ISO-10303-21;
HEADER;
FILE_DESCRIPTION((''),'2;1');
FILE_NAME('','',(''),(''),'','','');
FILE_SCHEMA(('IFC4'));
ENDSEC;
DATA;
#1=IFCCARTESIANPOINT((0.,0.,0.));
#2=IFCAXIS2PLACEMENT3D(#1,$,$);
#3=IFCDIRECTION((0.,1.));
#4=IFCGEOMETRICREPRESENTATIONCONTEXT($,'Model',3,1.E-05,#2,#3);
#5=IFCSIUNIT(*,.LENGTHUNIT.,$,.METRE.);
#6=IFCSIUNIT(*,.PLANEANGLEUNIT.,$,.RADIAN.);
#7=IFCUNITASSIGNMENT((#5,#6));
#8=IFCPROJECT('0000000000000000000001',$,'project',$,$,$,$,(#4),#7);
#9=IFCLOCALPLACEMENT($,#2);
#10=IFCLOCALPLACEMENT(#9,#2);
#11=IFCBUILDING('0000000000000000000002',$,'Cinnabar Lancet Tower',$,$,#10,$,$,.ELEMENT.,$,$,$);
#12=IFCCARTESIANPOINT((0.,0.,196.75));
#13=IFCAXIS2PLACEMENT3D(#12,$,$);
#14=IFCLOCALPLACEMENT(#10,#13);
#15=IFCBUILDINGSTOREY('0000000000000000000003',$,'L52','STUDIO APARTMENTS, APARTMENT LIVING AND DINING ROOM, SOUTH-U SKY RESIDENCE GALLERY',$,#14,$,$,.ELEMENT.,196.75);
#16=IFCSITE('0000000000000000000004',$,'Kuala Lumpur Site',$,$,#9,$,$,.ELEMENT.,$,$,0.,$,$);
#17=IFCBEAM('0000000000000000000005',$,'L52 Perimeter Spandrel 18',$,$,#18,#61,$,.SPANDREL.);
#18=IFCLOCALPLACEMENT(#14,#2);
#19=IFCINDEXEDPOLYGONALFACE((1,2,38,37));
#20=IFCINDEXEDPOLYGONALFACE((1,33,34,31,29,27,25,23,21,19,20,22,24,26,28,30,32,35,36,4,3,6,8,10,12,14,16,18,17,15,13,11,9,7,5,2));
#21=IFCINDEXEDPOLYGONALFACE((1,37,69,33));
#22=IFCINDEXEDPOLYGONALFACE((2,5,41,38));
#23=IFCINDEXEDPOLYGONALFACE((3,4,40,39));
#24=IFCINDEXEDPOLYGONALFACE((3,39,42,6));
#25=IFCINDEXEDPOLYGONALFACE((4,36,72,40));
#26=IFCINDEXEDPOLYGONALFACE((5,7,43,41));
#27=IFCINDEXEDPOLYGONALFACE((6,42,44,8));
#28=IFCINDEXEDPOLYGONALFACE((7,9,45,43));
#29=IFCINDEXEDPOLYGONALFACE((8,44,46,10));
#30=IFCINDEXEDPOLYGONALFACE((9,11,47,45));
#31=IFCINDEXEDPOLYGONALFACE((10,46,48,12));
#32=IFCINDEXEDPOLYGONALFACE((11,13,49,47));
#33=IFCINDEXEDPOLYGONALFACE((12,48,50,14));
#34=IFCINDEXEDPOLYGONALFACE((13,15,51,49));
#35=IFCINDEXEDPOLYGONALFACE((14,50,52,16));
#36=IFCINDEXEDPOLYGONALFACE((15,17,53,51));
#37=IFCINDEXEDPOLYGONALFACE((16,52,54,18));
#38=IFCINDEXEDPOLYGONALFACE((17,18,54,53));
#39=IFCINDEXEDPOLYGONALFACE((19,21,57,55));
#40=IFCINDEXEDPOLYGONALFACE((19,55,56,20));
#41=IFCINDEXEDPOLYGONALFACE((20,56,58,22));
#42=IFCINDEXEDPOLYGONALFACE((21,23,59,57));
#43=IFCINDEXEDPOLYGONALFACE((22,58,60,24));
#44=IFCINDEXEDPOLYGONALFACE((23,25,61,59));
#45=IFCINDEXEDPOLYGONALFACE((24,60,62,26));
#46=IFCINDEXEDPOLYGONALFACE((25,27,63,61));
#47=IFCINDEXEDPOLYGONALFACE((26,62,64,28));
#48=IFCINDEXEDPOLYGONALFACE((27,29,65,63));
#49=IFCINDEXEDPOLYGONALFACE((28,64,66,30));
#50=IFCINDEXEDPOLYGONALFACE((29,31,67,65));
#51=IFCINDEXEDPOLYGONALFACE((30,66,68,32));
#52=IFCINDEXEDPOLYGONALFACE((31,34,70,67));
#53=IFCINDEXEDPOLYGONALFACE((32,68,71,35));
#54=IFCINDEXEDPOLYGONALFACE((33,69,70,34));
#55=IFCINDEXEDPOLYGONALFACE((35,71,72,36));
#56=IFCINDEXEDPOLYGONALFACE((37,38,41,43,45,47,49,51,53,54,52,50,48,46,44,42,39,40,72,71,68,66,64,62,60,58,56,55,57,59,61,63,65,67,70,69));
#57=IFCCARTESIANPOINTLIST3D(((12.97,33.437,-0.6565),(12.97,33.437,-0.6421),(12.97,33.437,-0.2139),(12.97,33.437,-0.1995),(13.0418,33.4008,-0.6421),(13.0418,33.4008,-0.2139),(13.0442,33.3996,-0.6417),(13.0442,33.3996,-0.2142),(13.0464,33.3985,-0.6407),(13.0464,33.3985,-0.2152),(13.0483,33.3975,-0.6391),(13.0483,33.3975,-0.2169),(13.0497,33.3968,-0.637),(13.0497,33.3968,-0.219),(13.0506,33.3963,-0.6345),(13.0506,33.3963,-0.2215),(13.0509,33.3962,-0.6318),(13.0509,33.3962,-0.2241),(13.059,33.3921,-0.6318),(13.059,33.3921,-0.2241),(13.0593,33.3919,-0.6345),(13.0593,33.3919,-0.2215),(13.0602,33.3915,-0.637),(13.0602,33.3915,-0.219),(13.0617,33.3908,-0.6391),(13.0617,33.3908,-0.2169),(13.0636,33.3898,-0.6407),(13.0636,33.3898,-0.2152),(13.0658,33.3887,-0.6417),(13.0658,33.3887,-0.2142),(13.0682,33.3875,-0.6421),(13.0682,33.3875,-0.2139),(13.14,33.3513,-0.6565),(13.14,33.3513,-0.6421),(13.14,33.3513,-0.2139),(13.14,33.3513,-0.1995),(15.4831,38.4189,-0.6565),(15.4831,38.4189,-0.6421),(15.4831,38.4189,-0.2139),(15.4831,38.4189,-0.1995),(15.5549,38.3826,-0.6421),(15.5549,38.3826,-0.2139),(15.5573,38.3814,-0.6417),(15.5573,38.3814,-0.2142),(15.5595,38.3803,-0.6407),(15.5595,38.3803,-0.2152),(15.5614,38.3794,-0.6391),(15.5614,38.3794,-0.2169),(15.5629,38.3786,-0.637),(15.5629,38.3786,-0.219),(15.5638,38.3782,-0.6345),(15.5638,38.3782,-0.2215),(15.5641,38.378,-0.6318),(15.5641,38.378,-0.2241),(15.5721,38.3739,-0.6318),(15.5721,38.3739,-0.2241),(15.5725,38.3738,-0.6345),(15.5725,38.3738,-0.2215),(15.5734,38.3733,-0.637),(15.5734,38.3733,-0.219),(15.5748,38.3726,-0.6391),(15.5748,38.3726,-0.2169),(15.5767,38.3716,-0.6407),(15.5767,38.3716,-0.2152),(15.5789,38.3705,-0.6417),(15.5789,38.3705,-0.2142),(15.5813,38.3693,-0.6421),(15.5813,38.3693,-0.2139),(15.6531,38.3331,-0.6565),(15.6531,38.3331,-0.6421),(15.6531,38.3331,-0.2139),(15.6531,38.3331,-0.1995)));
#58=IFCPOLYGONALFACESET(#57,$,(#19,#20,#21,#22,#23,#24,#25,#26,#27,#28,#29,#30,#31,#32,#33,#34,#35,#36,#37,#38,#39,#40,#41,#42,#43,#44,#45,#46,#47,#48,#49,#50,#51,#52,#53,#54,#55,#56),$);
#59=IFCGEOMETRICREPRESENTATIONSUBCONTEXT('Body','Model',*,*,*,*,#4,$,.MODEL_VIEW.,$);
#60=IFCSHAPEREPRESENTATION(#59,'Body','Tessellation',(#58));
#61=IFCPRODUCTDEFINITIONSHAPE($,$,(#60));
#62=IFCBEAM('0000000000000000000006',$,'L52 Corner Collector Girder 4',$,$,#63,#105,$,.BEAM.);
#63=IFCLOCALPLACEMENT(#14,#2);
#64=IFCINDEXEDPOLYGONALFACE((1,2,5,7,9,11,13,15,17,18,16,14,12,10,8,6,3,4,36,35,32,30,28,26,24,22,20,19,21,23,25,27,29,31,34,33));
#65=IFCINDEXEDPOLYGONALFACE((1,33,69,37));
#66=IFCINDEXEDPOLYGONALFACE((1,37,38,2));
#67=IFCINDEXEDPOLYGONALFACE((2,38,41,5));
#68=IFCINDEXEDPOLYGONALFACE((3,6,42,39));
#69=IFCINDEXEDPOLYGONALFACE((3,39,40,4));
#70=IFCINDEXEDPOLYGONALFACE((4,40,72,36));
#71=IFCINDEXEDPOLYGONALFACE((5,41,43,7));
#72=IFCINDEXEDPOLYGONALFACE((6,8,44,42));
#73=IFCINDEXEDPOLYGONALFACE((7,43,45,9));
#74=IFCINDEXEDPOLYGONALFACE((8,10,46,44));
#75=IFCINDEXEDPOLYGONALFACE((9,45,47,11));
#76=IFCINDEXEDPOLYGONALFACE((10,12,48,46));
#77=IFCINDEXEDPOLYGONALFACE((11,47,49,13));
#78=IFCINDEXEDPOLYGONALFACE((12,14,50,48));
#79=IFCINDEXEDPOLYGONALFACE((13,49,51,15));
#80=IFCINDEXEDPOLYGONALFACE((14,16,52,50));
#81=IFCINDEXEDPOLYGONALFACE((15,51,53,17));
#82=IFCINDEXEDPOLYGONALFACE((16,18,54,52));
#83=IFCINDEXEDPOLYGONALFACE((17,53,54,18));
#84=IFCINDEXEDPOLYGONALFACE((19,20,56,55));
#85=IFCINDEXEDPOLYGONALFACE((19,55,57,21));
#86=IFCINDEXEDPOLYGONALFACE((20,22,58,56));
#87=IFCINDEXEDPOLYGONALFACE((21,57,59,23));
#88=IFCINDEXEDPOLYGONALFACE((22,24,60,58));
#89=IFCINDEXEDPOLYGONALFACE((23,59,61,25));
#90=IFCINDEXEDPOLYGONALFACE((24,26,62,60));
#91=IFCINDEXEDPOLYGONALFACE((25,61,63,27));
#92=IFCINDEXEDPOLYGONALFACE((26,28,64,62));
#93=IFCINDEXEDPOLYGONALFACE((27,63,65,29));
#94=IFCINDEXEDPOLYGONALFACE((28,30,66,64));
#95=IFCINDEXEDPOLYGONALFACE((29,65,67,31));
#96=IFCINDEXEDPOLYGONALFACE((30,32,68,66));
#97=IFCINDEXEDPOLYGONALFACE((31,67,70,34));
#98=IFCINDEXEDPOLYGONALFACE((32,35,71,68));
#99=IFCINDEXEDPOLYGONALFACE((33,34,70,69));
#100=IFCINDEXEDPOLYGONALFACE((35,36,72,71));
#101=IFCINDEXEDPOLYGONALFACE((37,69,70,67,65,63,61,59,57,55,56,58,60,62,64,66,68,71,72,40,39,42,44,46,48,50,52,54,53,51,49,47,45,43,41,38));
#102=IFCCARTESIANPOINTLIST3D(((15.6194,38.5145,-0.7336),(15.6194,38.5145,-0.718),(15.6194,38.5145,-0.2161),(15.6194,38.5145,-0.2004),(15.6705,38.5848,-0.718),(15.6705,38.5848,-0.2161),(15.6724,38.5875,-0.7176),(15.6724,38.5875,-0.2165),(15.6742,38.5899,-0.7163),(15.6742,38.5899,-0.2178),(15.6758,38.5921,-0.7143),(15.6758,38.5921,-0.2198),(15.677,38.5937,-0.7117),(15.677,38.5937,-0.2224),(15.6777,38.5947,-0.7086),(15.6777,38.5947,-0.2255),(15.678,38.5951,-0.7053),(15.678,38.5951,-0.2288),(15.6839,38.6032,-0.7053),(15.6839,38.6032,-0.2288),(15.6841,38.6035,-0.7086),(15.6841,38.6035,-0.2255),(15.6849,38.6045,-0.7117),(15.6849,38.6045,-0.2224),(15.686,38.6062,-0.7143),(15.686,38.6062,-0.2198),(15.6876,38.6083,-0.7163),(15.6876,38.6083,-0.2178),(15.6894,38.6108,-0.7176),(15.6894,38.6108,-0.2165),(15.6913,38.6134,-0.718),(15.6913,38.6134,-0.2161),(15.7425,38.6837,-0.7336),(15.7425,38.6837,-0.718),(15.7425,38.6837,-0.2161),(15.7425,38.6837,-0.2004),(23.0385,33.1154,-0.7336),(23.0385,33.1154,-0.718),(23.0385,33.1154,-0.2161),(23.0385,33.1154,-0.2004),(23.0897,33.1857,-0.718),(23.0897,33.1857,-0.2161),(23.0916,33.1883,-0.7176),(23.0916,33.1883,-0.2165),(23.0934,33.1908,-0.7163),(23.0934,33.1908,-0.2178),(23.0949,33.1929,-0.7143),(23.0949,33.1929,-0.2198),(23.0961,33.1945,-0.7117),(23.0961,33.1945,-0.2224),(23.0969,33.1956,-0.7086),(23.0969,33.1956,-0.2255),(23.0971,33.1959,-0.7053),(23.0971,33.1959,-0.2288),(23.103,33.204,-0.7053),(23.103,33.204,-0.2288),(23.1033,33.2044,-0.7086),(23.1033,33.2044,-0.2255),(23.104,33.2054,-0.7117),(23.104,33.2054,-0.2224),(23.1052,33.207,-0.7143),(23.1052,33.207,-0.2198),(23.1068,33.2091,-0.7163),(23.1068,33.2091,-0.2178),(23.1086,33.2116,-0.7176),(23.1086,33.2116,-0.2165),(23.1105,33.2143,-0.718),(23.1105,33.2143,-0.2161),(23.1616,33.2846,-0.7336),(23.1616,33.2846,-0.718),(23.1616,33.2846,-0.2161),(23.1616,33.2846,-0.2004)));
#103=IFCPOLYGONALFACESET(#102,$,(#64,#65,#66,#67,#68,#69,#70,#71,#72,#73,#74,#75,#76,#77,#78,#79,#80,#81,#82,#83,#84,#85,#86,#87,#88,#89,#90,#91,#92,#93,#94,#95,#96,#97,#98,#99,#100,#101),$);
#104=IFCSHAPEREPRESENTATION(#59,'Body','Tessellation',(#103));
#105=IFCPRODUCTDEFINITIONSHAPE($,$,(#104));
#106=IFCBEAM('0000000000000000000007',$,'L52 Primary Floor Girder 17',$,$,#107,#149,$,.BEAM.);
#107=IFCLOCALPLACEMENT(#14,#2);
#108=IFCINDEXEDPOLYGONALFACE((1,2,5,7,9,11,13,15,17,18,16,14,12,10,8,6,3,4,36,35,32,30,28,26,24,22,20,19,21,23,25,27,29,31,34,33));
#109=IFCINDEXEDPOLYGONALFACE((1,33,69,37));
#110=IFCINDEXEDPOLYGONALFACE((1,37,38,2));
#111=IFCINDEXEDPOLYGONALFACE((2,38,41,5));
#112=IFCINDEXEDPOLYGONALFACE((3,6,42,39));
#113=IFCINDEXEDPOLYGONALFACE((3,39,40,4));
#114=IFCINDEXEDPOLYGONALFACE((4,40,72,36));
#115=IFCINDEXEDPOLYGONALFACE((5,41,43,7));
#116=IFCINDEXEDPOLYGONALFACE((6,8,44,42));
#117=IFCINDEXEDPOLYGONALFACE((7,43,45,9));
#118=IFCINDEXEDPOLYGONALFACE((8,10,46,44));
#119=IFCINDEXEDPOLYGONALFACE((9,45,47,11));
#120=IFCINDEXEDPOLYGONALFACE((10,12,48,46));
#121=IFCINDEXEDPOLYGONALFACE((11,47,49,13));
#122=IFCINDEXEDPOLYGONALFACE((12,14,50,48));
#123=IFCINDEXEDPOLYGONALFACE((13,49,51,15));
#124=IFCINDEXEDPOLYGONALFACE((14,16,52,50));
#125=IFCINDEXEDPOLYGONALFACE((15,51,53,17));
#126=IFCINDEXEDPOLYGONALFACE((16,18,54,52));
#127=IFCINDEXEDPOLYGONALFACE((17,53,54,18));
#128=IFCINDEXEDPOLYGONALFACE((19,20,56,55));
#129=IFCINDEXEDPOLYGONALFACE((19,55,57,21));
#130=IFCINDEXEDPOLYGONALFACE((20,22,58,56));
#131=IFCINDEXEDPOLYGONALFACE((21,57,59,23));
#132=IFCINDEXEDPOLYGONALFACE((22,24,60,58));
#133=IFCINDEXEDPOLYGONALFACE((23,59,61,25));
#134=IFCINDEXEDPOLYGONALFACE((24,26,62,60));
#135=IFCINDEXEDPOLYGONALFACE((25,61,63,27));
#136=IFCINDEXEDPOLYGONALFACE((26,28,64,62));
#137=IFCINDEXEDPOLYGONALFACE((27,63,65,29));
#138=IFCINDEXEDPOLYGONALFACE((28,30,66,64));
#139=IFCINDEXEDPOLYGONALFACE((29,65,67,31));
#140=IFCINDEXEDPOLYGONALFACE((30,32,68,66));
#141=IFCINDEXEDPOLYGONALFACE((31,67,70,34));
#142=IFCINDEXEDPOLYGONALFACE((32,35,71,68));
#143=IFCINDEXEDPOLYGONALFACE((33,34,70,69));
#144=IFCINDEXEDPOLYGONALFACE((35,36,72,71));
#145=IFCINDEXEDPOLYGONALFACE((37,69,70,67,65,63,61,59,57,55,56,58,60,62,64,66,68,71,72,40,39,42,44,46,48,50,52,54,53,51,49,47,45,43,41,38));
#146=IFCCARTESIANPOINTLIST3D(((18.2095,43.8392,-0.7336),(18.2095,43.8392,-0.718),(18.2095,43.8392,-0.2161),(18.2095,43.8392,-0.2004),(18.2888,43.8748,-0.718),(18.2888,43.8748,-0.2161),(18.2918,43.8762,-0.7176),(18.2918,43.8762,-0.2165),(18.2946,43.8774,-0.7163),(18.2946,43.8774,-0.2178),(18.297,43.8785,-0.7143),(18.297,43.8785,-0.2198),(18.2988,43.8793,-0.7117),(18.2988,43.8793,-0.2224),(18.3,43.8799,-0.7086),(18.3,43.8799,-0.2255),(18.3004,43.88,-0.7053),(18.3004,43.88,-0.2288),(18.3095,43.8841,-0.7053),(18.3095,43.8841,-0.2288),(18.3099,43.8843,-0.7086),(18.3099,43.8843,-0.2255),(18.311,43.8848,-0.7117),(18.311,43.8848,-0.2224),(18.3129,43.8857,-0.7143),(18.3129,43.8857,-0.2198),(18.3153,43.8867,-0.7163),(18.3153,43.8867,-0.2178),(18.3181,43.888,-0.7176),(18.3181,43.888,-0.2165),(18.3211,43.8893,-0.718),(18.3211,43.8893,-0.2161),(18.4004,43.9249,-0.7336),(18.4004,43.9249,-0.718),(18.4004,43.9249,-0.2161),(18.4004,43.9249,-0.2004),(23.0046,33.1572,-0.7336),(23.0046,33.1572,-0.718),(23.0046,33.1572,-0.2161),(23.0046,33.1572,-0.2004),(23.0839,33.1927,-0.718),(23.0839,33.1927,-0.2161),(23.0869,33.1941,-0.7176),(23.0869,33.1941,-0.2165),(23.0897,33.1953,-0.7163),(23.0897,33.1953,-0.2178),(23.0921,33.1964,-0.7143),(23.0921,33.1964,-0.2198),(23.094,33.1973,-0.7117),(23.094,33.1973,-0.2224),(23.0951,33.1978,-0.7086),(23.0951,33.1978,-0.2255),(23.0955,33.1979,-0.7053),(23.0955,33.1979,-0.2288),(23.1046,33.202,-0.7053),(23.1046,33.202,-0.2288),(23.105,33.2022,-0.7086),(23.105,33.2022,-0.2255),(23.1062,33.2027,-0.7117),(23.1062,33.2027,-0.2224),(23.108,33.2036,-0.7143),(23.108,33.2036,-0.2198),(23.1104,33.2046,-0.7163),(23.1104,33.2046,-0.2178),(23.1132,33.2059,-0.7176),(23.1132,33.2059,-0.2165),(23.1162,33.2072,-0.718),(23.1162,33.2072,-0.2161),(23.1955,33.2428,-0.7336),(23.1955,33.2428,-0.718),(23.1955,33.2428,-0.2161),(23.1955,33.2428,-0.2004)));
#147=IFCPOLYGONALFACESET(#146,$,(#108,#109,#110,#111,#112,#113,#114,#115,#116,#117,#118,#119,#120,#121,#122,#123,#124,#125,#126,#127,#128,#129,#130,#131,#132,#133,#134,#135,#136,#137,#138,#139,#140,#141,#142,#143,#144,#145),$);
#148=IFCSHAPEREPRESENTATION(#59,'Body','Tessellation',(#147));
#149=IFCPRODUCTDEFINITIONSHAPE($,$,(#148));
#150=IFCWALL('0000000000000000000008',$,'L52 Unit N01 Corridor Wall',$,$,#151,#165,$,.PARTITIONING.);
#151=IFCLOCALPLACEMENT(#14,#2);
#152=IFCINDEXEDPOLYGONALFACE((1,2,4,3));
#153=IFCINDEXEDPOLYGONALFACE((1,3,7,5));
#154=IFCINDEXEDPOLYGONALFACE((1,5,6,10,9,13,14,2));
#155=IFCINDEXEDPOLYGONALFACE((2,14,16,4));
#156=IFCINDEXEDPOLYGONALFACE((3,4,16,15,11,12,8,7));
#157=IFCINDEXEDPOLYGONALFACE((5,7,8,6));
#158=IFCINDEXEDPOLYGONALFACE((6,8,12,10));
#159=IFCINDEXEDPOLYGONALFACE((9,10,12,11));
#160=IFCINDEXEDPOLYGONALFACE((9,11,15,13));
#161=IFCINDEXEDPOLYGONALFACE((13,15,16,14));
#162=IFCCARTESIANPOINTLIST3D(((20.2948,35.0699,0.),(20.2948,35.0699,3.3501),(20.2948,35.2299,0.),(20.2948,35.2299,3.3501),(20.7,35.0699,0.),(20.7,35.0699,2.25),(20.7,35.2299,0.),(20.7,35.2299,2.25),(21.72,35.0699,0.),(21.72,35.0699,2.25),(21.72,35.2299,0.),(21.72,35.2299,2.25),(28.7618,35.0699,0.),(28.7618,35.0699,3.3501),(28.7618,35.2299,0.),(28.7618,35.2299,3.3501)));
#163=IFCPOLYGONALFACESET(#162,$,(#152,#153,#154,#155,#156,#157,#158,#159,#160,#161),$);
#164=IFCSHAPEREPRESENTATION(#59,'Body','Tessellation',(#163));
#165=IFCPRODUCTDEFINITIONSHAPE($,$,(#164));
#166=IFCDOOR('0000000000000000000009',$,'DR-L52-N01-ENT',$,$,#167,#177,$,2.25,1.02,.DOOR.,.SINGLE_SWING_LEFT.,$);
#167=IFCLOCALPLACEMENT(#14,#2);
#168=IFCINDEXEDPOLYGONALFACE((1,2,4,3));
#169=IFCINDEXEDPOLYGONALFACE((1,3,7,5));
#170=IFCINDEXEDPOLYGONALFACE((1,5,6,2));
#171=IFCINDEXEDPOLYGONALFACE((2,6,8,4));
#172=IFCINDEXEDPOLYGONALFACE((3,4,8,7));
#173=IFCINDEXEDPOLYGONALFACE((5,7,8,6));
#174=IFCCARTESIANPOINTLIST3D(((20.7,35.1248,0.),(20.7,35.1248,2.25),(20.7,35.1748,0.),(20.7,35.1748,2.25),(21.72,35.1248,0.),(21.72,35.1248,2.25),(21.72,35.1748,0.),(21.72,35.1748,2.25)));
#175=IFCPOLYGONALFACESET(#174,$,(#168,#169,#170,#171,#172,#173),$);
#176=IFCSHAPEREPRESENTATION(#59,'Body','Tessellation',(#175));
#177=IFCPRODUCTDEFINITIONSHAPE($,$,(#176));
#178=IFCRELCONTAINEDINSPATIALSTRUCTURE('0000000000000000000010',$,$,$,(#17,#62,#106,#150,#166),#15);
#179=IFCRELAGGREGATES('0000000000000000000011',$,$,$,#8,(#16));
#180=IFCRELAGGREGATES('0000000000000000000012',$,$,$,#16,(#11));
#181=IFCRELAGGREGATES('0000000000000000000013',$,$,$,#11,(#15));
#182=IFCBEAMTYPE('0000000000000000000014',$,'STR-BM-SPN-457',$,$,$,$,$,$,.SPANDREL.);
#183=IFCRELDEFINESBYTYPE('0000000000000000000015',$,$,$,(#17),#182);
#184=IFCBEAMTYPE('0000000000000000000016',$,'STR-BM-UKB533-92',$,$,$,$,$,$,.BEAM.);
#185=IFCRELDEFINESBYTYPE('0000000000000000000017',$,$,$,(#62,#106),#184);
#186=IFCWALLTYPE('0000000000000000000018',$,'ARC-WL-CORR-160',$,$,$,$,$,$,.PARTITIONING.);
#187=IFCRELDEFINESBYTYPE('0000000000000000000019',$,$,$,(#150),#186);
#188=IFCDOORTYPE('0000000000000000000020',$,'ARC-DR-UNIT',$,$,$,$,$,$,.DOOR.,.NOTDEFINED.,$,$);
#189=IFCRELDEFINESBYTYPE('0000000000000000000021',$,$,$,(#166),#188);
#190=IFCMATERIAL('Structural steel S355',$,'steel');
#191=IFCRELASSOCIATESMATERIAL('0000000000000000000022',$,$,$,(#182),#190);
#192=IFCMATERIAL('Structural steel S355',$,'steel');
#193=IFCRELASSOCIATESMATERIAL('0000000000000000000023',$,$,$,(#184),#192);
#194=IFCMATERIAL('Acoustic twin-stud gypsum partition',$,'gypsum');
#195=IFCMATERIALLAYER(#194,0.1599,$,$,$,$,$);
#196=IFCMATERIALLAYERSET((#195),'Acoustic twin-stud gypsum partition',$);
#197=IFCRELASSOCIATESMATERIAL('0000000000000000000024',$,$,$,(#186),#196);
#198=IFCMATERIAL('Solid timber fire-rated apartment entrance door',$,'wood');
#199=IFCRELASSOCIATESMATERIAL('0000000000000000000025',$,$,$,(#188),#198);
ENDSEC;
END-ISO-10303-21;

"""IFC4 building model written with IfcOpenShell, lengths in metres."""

from ifc_helpers import new_model, si_unit, direction, frame, frame_2d, origin, origin_2d, place, context, subcontext, project, spatial, rectangle, i_section, extrude, material, layer, layer_set, material_profile, profile_set, type_object, element, fill, save


model = new_model("IFC4")

# Units and contexts
model_context = context("Model", 3, precision=1e-05, world=origin(), true_north=direction((0.0, 1.0)))
body_context = subcontext(model_context, "Body", "Model", "MODEL_VIEW")
ifc_project = project(units=[si_unit("LENGTHUNIT", "METRE"), si_unit("PLANEANGLEUNIT", "RADIAN")], contexts=[model_context])

# Site, building, storey
site_placement = place(None, origin())
site = spatial("IfcSite", under=ifc_project, at=site_placement, Name="Kuala Lumpur Site", CompositionType="ELEMENT", RefElevation=0.0)
building_placement = place(site_placement, origin())
building = spatial("IfcBuilding", under=site, at=building_placement, Name="Cinnabar Lancet Tower", CompositionType="ELEMENT")
storey_placement = place(building_placement, frame((0.0, 0.0, 196.75)))
storey = spatial("IfcBuildingStorey", under=building, at=storey_placement, Name="L52", Description="STUDIO APARTMENTS, APARTMENT LIVING AND DINING ROOM, SOUTH-U SKY RESIDENCE GALLERY", CompositionType="ELEMENT", Elevation=196.75)

# Beams
ifc_material_1 = material(Name="Structural steel S355", Category="steel")
ifc_material_profile_1 = material_profile(ifc_material_1, i_section(OverallWidth=0.1904, OverallDepth=0.457, WebThickness=0.009, FlangeThickness=0.0144, FilletRadius=0.0103, at=origin_2d()), Name="UKB 457x191x74")
ifc_profile_set_1 = profile_set([ifc_material_profile_1], Name="Structural steel S355")
beam_type_1 = type_object("IfcBeamType", Name="STR-BM-SPN-457", PredefinedType="SPANDREL", material=ifc_profile_set_1)
beam_1_placement = place(storey_placement, frame((15.5681, 38.376, -0.428), z_axis=(-0.450396, -0.892829, 0.0), x_axis=(0.892829, -0.450396, 0.0)))
element("IfcBeam", 1, at=beam_1_placement, inside=storey, type_object=beam_type_1, Name="L52 Perimeter Spandrel 18", PredefinedType="SPANDREL", context=body_context, shape_type="SweptSolid", body=[
    extrude(i_section(OverallWidth=0.1904, OverallDepth=0.457, WebThickness=0.009, FlangeThickness=0.0144, FilletRadius=0.0103, at=origin_2d()), origin(), (0.0, 0.0, 1.0), 5.5798),
])
ifc_material_2 = material(Name="Structural steel S355", Category="steel")
ifc_material_profile_2 = material_profile(ifc_material_2, i_section(OverallWidth=0.2092, OverallDepth=0.5332, WebThickness=0.01, FlangeThickness=0.0156, FilletRadius=0.0127, at=origin_2d()), Name="UKB 533x210x92")
ifc_profile_set_2 = profile_set([ifc_material_profile_2], Name="Structural steel S355")
beam_type_2 = type_object("IfcBeamType", Name="STR-BM-UKB533-92", PredefinedType="BEAM", material=ifc_profile_set_2)
beam_2_placement = place(storey_placement, frame((15.6809, 38.5991, -0.467), z_axis=(0.80856, -0.588414, 0.0), x_axis=(0.588414, 0.80856, 0.0)))
element("IfcBeam", 2, at=beam_2_placement, inside=storey, type_object=beam_type_2, Name="L52 Corner Collector Girder 4", PredefinedType="BEAM", context=body_context, shape_type="SweptSolid", body=[
    extrude(i_section(OverallWidth=0.2092, OverallDepth=0.5332, WebThickness=0.01, FlangeThickness=0.0156, FilletRadius=0.0127, at=origin_2d()), origin(), (0.0, 0.0, 1.0), 9.1758),
])
beam_3_placement = place(storey_placement, frame((18.3049, 43.8821, -0.467), z_axis=(0.409527, -0.912298, 0.0), x_axis=(0.912298, 0.409527, 0.0)))
element("IfcBeam", 3, at=beam_3_placement, inside=storey, type_object=beam_type_2, Name="L52 Primary Floor Girder 17", PredefinedType="BEAM", context=body_context, shape_type="SweptSolid", body=[
    extrude(i_section(OverallWidth=0.2092, OverallDepth=0.5332, WebThickness=0.01, FlangeThickness=0.0156, FilletRadius=0.0127, at=origin_2d()), origin(), (0.0, 0.0, 1.0), 11.709),
])

# Wall, opening, door
ifc_material_3 = material(Name="Acoustic twin-stud gypsum partition", Category="gypsum")
ifc_layer_1 = layer(ifc_material_3, 0.1599)
ifc_layer_set_1 = layer_set([ifc_layer_1], Name="Acoustic twin-stud gypsum partition")
wall_type_1 = type_object("IfcWallType", Name="ARC-WL-CORR-160", PredefinedType="PARTITIONING", material=ifc_layer_set_1)
wall_1_placement = place(storey_placement, frame((20.2949, 35.1499, 0.0), z_axis=(0.0, 0.0, 1.0), x_axis=(1.0, 0.0, 0.0)))
wall_1 = element("IfcWall", 4, at=wall_1_placement, inside=storey, type_object=wall_type_1, Name="L52 Unit N01 Corridor Wall", PredefinedType="PARTITIONING", context=body_context, shape_type="SweptSolid", body=[
    extrude(rectangle(XDim=8.467, YDim=0.1599, at=frame_2d((4.2334, 0.0))), origin(), (0.0, 0.0, 1.0), 3.3501),
])
opening_1_placement = place(wall_1_placement, frame((0.405, 0.0, 0.0)))
opening_1 = element("IfcOpeningElement", 5, at=opening_1_placement, cuts=wall_1, PredefinedType="OPENING", context=body_context, shape_type="SweptSolid", body=[
    extrude(rectangle(XDim=1.02, YDim=2.25, at=frame_2d((0.51, 1.125))), frame((0.0, 0.0898, 0.0), z_axis=(0.0, -1.0, 0.0), x_axis=(1.0, 0.0, 0.0)), (0.0, 0.0, 1.0), 0.1799),
])
ifc_material_4 = material(Name="Solid timber fire-rated apartment entrance door", Category="wood")
door_type = type_object("IfcDoorType", Name="ARC-DR-UNIT", OperationType="NOTDEFINED", PredefinedType="DOOR", material=ifc_material_4)
door_placement = place(opening_1_placement, origin())
door = element("IfcDoor", 6, at=door_placement, inside=storey, type_object=door_type, Name="DR-L52-N01-ENT", OperationType="SINGLE_SWING_LEFT", OverallHeight=2.25, OverallWidth=1.02, PredefinedType="DOOR", context=body_context, shape_type="SweptSolid", body=[
    extrude(rectangle(XDim=1.02, YDim=2.25, at=frame_2d((0.51, 1.125))), frame((0.0, 0.0249, 0.0), z_axis=(0.0, -1.0, 0.0), x_axis=(1.0, 0.0, 0.0)), (0.0, 0.0, 1.0), 0.05),
])
fill(opening_1, door)

save(model, "model.ifc")
